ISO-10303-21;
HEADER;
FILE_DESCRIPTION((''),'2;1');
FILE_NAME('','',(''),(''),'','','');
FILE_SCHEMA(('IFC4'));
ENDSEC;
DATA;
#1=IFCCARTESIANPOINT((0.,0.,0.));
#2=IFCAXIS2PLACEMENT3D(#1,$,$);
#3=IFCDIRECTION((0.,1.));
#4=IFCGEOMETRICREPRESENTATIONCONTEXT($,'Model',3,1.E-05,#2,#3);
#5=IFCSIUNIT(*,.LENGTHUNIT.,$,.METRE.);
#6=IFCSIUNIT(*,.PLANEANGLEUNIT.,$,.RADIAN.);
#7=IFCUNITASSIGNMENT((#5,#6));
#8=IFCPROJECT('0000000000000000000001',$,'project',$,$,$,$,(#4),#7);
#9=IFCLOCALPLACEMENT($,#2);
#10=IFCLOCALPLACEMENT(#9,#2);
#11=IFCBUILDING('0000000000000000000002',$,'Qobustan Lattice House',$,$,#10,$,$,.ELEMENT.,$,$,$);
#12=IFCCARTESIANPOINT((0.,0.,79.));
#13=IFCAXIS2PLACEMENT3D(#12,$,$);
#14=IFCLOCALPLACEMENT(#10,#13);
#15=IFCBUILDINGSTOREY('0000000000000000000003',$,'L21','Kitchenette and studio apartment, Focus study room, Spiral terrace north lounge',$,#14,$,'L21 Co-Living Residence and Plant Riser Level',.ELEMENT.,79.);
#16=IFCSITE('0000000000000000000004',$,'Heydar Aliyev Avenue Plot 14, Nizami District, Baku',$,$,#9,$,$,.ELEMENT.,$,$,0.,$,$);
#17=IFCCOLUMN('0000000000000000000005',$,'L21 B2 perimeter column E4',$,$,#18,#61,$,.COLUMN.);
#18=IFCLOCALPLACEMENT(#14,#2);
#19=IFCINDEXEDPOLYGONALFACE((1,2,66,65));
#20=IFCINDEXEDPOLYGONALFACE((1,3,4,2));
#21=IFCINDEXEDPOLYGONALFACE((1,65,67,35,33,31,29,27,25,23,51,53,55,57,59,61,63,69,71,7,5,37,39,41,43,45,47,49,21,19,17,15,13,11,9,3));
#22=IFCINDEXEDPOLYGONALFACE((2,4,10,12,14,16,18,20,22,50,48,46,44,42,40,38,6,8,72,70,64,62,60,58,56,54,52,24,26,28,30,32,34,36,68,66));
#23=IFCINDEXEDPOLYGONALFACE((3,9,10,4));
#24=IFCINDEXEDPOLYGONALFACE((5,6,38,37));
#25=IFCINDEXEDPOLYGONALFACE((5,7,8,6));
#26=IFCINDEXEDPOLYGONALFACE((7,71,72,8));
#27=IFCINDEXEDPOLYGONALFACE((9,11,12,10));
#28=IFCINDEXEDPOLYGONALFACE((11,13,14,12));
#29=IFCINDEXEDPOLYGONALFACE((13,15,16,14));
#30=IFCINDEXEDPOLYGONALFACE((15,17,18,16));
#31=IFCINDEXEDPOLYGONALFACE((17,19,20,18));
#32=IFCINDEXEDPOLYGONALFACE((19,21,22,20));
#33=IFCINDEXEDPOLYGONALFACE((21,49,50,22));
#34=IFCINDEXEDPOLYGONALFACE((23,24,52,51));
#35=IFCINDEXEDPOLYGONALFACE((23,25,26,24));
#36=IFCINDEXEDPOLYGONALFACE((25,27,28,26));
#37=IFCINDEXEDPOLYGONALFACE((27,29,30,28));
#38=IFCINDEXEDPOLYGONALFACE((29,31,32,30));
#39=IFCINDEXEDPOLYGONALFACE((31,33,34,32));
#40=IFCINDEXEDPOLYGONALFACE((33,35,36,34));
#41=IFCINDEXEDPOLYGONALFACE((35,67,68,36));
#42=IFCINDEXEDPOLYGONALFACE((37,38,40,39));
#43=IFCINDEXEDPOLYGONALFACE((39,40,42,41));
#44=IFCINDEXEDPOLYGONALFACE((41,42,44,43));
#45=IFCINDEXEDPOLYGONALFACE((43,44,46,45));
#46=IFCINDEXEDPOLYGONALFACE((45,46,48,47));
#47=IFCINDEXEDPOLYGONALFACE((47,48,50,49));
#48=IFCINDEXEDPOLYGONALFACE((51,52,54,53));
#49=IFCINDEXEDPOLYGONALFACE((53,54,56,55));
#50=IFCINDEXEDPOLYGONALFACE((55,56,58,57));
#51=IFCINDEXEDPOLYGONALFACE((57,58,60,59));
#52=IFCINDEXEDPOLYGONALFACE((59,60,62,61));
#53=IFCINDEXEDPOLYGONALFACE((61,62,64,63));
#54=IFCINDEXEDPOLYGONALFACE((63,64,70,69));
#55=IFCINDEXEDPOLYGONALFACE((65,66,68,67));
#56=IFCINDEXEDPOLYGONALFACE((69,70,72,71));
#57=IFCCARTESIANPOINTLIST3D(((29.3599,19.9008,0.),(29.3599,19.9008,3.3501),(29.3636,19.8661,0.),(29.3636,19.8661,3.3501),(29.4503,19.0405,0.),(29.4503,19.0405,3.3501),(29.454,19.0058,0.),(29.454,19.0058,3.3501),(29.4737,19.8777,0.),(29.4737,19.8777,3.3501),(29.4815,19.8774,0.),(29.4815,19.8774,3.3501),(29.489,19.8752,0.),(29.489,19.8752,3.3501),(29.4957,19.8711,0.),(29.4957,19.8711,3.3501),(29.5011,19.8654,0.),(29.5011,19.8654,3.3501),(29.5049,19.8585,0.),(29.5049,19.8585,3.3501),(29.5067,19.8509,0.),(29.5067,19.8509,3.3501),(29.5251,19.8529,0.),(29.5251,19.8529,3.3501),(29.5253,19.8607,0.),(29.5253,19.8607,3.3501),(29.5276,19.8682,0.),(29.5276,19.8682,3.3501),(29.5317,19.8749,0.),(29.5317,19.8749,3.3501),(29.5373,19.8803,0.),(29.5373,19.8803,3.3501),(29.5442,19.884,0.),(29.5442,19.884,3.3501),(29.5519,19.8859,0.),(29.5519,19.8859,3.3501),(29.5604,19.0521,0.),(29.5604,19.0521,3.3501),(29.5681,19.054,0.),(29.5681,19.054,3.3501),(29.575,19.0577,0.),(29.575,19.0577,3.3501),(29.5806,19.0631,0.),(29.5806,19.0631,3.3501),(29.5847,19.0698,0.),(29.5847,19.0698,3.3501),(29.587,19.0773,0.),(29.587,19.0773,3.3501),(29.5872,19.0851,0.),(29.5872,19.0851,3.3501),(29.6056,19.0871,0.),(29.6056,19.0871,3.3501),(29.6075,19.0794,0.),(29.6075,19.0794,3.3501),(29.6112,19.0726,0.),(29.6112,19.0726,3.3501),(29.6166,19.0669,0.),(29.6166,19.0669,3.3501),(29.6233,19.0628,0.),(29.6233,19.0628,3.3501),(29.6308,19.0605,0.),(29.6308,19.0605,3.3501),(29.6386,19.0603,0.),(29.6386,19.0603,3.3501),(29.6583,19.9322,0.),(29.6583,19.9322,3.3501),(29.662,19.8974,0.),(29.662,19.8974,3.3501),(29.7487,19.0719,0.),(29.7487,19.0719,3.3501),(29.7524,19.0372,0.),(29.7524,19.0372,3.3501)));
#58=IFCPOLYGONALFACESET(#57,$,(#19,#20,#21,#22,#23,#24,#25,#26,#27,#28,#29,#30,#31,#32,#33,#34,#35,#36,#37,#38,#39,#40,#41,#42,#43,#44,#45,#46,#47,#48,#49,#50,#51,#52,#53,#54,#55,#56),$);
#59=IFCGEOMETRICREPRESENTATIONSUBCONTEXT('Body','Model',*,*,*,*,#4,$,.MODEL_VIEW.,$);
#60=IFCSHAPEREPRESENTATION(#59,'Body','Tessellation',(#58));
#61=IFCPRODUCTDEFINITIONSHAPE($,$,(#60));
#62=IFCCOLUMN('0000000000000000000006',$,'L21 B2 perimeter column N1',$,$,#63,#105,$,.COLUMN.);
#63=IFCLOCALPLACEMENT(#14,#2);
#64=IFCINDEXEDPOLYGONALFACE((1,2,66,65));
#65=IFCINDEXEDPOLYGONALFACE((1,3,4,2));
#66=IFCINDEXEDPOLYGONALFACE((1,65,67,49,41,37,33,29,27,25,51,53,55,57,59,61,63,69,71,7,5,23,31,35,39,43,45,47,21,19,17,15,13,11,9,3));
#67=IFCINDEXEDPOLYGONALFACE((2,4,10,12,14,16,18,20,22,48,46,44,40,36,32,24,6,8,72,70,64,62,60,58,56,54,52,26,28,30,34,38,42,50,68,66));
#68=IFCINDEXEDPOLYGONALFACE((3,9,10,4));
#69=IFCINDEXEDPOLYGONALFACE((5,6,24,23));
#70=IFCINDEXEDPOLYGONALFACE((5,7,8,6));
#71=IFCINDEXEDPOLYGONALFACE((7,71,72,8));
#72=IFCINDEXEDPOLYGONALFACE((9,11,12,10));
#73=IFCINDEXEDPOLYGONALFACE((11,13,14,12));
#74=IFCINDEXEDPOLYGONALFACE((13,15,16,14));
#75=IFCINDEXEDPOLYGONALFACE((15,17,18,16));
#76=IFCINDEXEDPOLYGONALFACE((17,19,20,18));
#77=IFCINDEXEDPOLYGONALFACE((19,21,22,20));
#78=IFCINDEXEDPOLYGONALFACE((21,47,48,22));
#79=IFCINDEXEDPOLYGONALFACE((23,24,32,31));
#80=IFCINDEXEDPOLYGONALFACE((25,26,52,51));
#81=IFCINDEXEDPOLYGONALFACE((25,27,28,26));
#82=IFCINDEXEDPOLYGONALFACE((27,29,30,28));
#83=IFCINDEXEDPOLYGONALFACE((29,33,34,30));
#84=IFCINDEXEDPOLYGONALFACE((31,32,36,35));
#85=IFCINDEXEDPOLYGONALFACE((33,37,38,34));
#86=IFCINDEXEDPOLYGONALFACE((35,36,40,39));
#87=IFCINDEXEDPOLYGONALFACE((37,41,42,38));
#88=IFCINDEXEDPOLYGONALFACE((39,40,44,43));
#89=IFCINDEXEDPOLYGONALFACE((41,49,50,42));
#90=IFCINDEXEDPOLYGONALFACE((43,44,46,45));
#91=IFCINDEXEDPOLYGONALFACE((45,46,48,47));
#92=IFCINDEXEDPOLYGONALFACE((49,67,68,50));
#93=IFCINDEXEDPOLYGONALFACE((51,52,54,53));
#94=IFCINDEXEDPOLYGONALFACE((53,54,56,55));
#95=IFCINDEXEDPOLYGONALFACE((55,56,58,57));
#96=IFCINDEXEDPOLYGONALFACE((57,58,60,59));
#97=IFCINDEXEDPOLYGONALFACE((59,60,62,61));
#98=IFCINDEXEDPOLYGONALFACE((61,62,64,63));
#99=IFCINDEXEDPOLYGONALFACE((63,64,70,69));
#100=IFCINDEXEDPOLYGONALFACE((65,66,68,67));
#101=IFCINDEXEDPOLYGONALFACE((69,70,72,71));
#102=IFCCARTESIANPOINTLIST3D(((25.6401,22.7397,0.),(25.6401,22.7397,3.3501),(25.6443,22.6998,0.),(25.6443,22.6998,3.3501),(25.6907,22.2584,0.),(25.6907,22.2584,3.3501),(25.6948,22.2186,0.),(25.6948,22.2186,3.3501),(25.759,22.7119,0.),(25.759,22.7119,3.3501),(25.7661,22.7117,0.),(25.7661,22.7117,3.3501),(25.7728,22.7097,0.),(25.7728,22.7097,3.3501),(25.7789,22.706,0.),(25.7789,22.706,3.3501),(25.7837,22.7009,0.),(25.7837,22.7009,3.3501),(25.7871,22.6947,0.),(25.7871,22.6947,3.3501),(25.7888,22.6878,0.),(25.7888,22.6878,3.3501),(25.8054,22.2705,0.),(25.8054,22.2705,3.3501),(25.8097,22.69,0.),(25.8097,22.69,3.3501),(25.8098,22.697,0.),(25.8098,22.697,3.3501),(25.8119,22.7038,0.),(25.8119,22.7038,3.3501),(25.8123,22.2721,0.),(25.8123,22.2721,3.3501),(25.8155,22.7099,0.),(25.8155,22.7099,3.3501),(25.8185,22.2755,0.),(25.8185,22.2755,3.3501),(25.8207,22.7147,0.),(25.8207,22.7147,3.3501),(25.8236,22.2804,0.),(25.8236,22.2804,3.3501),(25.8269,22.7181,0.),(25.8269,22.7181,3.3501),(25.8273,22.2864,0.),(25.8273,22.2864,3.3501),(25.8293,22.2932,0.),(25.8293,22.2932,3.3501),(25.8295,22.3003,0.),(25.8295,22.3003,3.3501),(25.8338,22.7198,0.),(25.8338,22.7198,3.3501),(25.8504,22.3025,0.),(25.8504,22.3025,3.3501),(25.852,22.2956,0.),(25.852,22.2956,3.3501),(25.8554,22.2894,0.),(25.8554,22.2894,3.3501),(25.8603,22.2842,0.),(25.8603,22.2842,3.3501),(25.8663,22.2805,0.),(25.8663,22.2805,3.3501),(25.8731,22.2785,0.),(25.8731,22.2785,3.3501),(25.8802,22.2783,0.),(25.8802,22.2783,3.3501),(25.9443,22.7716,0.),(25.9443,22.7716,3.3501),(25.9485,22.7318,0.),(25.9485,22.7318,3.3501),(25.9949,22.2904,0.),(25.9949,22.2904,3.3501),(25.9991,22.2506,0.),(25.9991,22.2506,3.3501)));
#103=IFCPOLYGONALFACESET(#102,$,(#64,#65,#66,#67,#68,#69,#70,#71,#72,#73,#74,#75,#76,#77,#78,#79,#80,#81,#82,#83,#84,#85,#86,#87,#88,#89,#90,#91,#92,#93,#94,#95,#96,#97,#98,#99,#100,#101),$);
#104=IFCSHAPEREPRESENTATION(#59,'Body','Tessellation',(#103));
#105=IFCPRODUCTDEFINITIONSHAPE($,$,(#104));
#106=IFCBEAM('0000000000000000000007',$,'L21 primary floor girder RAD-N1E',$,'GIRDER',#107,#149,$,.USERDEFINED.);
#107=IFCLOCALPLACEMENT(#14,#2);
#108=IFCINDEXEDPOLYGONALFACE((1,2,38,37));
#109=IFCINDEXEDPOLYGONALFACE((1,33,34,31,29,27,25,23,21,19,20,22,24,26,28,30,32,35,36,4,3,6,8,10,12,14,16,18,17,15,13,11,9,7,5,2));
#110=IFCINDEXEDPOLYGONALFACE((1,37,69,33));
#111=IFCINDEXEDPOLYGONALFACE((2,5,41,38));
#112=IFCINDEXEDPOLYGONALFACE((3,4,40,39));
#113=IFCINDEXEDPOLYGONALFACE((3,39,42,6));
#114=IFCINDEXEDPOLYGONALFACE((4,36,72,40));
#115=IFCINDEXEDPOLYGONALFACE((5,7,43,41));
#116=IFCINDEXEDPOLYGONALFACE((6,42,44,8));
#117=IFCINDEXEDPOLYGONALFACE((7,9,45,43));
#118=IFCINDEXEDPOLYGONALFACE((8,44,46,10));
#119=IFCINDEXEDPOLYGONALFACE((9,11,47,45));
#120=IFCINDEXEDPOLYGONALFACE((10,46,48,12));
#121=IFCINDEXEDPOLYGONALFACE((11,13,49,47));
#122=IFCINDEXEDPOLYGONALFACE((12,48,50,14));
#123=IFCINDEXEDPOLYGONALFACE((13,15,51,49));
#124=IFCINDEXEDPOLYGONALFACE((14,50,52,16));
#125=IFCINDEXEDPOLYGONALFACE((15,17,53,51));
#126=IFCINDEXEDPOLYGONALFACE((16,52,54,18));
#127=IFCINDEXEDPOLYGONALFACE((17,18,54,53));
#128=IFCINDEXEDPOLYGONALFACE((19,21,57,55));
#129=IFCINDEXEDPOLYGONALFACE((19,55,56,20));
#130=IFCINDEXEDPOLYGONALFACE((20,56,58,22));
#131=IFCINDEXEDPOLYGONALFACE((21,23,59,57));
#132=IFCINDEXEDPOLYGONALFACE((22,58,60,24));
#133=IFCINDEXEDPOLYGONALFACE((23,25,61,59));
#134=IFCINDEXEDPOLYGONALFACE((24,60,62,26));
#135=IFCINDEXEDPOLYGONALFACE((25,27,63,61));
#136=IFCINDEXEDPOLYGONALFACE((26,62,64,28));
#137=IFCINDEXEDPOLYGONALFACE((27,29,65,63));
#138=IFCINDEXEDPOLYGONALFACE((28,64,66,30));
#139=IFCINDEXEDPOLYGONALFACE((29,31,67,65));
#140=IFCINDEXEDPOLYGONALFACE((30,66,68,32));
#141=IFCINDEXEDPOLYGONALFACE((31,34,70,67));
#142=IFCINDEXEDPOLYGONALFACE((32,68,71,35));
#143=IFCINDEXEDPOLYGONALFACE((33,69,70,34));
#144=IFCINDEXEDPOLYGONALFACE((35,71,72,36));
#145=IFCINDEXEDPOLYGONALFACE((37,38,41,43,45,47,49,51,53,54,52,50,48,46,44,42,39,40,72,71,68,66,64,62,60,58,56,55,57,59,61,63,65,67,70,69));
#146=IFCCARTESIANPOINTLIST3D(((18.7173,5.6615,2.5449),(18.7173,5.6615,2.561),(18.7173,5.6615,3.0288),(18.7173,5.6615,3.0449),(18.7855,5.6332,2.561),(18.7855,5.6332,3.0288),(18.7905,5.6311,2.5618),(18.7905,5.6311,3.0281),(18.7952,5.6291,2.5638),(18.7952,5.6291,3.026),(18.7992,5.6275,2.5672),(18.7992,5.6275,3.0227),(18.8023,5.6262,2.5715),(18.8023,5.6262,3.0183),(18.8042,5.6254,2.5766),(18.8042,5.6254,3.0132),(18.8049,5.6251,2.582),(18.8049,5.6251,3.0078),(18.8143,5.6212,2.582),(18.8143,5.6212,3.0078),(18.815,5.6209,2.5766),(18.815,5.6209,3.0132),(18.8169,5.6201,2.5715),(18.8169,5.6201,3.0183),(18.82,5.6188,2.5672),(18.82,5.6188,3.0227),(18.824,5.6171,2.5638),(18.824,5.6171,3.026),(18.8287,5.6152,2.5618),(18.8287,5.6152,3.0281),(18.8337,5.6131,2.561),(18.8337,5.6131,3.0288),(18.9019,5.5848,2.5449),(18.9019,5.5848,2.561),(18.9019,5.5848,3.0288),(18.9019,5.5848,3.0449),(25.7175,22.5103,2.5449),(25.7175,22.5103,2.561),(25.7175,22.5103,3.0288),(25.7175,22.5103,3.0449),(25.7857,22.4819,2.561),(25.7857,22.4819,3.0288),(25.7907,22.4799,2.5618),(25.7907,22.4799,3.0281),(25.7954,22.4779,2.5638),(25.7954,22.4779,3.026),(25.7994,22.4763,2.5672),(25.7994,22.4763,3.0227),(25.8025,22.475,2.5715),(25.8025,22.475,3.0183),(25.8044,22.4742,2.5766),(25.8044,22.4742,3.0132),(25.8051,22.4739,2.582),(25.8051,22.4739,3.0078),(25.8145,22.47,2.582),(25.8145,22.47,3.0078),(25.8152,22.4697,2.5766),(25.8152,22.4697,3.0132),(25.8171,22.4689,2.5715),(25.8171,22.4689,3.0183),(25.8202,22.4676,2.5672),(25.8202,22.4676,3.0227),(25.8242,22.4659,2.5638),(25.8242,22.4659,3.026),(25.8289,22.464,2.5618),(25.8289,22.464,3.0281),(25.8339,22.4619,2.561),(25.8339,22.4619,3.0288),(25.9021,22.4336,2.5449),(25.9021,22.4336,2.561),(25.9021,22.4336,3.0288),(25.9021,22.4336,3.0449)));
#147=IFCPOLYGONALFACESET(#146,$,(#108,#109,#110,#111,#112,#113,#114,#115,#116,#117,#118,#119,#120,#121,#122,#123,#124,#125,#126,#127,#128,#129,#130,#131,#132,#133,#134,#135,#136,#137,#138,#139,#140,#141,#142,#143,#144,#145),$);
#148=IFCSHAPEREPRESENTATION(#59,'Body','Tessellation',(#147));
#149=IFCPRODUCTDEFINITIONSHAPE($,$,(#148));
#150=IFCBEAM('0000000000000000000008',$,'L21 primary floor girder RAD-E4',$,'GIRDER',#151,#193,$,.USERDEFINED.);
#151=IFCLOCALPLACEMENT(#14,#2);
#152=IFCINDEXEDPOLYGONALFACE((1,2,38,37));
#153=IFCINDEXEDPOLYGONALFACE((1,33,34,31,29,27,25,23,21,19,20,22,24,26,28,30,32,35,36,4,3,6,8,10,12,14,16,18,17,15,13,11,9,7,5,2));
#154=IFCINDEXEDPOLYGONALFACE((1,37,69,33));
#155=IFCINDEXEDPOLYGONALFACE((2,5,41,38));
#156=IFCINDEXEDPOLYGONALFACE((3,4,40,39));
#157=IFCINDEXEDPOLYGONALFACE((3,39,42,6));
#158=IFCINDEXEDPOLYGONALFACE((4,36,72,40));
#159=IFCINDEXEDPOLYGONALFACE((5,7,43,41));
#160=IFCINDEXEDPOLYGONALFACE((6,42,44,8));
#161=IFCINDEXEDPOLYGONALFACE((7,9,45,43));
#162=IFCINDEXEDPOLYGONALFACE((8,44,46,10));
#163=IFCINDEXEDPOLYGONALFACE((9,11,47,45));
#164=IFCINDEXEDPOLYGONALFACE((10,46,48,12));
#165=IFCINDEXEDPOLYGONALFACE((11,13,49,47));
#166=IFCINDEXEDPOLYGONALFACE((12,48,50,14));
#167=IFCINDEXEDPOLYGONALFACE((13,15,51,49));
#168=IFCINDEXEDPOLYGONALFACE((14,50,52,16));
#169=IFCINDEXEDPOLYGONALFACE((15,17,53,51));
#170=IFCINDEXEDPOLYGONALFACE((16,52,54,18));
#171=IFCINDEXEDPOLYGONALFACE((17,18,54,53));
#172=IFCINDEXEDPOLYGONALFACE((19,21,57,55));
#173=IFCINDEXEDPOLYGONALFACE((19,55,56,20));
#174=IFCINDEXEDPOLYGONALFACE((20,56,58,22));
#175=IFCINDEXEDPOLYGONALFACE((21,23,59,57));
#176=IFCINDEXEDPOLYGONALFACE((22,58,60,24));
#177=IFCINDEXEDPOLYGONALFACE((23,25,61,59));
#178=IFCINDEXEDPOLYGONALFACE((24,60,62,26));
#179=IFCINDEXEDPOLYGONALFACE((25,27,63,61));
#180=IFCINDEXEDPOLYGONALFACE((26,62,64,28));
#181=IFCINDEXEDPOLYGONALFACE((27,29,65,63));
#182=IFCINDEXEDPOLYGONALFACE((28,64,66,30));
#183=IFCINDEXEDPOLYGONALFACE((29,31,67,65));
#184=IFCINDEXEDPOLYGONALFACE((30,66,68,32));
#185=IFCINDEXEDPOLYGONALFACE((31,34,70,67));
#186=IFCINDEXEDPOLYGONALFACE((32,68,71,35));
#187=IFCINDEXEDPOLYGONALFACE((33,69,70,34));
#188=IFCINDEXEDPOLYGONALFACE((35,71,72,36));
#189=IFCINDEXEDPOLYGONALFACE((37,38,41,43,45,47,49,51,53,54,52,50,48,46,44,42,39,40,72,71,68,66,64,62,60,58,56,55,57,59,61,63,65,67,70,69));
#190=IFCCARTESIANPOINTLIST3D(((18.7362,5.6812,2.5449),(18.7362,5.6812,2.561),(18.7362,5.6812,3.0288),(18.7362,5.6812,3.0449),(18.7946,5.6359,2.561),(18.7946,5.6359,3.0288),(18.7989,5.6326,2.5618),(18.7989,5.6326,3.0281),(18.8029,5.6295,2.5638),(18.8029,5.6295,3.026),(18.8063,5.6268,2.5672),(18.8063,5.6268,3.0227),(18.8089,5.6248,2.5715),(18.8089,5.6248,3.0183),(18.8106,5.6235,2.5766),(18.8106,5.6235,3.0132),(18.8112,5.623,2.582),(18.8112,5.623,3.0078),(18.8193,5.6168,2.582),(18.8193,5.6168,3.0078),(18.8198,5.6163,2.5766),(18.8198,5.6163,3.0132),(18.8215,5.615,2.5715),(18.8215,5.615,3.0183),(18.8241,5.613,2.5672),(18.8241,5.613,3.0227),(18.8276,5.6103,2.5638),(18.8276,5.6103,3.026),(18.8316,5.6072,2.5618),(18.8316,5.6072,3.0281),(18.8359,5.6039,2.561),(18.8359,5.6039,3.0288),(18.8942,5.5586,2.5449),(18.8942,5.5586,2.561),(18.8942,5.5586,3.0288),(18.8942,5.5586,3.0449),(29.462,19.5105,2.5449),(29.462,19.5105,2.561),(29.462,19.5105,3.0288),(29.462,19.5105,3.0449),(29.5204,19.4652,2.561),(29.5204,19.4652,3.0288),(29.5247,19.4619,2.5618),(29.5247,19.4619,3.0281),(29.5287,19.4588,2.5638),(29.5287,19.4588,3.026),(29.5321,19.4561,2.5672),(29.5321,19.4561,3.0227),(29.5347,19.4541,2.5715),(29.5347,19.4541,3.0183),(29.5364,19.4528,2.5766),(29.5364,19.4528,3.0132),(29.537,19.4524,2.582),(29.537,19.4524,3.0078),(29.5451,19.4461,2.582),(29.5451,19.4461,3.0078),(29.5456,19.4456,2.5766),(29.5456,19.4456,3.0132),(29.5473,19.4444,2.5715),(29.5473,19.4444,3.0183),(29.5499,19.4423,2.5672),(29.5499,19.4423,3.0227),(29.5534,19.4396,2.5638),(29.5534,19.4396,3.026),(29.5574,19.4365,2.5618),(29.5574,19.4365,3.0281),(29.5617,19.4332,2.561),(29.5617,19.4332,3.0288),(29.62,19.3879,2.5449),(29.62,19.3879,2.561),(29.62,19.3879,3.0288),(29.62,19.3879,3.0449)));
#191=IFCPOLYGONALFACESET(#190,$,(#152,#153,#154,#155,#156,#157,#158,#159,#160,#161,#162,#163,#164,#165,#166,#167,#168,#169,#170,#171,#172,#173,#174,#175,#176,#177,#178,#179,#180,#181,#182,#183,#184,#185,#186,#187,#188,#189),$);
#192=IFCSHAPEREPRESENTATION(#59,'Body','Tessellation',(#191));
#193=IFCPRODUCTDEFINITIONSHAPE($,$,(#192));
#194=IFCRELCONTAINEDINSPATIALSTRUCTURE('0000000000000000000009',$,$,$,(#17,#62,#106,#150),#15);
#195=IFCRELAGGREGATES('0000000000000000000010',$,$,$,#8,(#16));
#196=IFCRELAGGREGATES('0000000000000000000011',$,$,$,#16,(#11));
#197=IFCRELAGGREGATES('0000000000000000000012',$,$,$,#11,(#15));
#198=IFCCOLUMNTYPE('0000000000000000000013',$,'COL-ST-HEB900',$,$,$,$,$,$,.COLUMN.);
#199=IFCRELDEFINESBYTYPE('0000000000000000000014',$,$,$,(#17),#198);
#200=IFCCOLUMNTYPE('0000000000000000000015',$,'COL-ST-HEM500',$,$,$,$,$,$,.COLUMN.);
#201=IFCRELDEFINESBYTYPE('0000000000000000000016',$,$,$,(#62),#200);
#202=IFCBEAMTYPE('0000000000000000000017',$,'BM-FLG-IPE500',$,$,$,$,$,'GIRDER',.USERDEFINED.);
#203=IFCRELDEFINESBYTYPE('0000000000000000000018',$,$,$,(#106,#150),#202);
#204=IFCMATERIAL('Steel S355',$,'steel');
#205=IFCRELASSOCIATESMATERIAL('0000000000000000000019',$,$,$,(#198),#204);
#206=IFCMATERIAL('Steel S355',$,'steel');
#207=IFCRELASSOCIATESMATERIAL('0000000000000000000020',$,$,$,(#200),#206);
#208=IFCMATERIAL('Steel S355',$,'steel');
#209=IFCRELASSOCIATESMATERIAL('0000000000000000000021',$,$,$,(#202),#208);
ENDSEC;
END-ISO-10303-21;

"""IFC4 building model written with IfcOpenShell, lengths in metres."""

from ifc_helpers import new_model, si_unit, direction, frame, origin, origin_2d, place, context, subcontext, project, spatial, i_section, extrude, material, material_profile, profile_set, type_object, element, save


model = new_model("IFC4")

# Units and contexts
model_context = context("Model", 3, precision=1e-05, world=origin(), true_north=direction((0.0, 1.0)))
body_context = subcontext(model_context, "Body", "Model", "MODEL_VIEW")
ifc_project = project(units=[si_unit("LENGTHUNIT", "METRE"), si_unit("PLANEANGLEUNIT", "RADIAN")], contexts=[model_context])

# Site, building, storey
site_placement = place(None, origin())
site = spatial("IfcSite", under=ifc_project, at=site_placement, Name="Heydar Aliyev Avenue Plot 14, Nizami District, Baku", CompositionType="ELEMENT", RefElevation=0.0)
building_placement = place(site_placement, origin())
building = spatial("IfcBuilding", under=site, at=building_placement, Name="Qobustan Lattice House", CompositionType="ELEMENT")
storey_placement = place(building_placement, frame((0.0, 0.0, 79.0)))
storey = spatial("IfcBuildingStorey", under=building, at=storey_placement, Name="L21", Description="Kitchenette and studio apartment, Focus study room, Spiral terrace north lounge", LongName="L21 Co-Living Residence and Plant Riser Level", CompositionType="ELEMENT", Elevation=79.0)

# Columns
ifc_material_1 = material(Name="Steel S355", Category="steel")
ifc_material_profile_1 = material_profile(ifc_material_1, i_section(OverallWidth=0.3, OverallDepth=0.8999, WebThickness=0.0186, FlangeThickness=0.0349, FilletRadius=0.03, at=origin_2d()), Name="HEB900")
ifc_profile_set_1 = profile_set([ifc_material_profile_1], Name="Steel S355")
column_type_1 = type_object("IfcColumnType", Name="COL-ST-HEB900", PredefinedType="COLUMN", material=ifc_profile_set_1)
column_1_placement = place(storey_placement, frame((29.5562, 19.469, 0.0), z_axis=(0.0, 0.0, 1.0), x_axis=(0.994522, 0.104528, 0.0)))
element("IfcColumn", 1, at=column_1_placement, inside=storey, type_object=column_type_1, Name="L21 B2 perimeter column E4", PredefinedType="COLUMN", context=body_context, shape_type="SweptSolid", body=[
    extrude(i_section(OverallWidth=0.3, OverallDepth=0.8999, WebThickness=0.0186, FlangeThickness=0.0349, FilletRadius=0.03, at=origin_2d()), origin(), (0.0, 0.0, 1.0), 3.3501),
])
ifc_material_2 = material(Name="Steel S355", Category="steel")
ifc_material_profile_2 = material_profile(ifc_material_2, i_section(OverallWidth=0.3059, OverallDepth=0.5239, WebThickness=0.021, FlangeThickness=0.04, FilletRadius=0.0271, at=origin_2d()), Name="HEM500")
ifc_profile_set_2 = profile_set([ifc_material_profile_2], Name="Steel S355")
column_type_2 = type_object("IfcColumnType", Name="COL-ST-HEM500", PredefinedType="COLUMN", material=ifc_profile_set_2)
column_2_placement = place(storey_placement, frame((25.8196, 22.4951, 0.0), z_axis=(0.0, 0.0, 1.0), x_axis=(0.994522, 0.104528, 0.0)))
element("IfcColumn", 2, at=column_2_placement, inside=storey, type_object=column_type_2, Name="L21 B2 perimeter column N1", PredefinedType="COLUMN", context=body_context, shape_type="SweptSolid", body=[
    extrude(i_section(OverallWidth=0.3059, OverallDepth=0.5239, WebThickness=0.021, FlangeThickness=0.04, FilletRadius=0.0271, at=origin_2d()), origin(), (0.0, 0.0, 1.0), 3.3501),
])

# Beams
ifc_material_3 = material(Name="Steel S355", Category="steel")
ifc_material_profile_3 = material_profile(ifc_material_3, i_section(OverallWidth=0.2, OverallDepth=0.5, WebThickness=0.0103, FlangeThickness=0.0161, FilletRadius=0.021, at=origin_2d()), Name="IPE500")
ifc_profile_set_3 = profile_set([ifc_material_profile_3], Name="Steel S355")
beam_type_1 = type_object("IfcBeamType", Name="BM-FLG-IPE500", ElementType="GIRDER", PredefinedType="USERDEFINED", material=ifc_profile_set_3)
beam_1_placement = place(storey_placement, frame((25.8098, 22.4719, 2.7949), z_axis=(-0.383676, -0.923468, 0.0), x_axis=(0.923468, -0.383676, 0.0)))
element("IfcBeam", 3, at=beam_1_placement, inside=storey, type_object=beam_type_1, Name="L21 primary floor girder RAD-N1E", ObjectType="GIRDER", PredefinedType="USERDEFINED", context=body_context, shape_type="SweptSolid", body=[
    extrude(i_section(OverallWidth=0.2, OverallDepth=0.5, WebThickness=0.0103, FlangeThickness=0.0161, FilletRadius=0.021, at=origin_2d()), origin(), (0.0, 0.0, 1.0), 18.2451),
])
beam_2_placement = place(storey_placement, frame((29.541, 19.4492, 2.7949), z_axis=(-0.61286, -0.790191, 0.0), x_axis=(0.790191, -0.61286, 0.0)))
element("IfcBeam", 4, at=beam_2_placement, inside=storey, type_object=beam_type_1, Name="L21 primary floor girder RAD-E4", ObjectType="GIRDER", PredefinedType="USERDEFINED", context=body_context, shape_type="SweptSolid", body=[
    extrude(i_section(OverallWidth=0.2, OverallDepth=0.5, WebThickness=0.0103, FlangeThickness=0.0161, FilletRadius=0.021, at=origin_2d()), origin(), (0.0, 0.0, 1.0), 17.5012),
])

save(model, "model.ifc")
